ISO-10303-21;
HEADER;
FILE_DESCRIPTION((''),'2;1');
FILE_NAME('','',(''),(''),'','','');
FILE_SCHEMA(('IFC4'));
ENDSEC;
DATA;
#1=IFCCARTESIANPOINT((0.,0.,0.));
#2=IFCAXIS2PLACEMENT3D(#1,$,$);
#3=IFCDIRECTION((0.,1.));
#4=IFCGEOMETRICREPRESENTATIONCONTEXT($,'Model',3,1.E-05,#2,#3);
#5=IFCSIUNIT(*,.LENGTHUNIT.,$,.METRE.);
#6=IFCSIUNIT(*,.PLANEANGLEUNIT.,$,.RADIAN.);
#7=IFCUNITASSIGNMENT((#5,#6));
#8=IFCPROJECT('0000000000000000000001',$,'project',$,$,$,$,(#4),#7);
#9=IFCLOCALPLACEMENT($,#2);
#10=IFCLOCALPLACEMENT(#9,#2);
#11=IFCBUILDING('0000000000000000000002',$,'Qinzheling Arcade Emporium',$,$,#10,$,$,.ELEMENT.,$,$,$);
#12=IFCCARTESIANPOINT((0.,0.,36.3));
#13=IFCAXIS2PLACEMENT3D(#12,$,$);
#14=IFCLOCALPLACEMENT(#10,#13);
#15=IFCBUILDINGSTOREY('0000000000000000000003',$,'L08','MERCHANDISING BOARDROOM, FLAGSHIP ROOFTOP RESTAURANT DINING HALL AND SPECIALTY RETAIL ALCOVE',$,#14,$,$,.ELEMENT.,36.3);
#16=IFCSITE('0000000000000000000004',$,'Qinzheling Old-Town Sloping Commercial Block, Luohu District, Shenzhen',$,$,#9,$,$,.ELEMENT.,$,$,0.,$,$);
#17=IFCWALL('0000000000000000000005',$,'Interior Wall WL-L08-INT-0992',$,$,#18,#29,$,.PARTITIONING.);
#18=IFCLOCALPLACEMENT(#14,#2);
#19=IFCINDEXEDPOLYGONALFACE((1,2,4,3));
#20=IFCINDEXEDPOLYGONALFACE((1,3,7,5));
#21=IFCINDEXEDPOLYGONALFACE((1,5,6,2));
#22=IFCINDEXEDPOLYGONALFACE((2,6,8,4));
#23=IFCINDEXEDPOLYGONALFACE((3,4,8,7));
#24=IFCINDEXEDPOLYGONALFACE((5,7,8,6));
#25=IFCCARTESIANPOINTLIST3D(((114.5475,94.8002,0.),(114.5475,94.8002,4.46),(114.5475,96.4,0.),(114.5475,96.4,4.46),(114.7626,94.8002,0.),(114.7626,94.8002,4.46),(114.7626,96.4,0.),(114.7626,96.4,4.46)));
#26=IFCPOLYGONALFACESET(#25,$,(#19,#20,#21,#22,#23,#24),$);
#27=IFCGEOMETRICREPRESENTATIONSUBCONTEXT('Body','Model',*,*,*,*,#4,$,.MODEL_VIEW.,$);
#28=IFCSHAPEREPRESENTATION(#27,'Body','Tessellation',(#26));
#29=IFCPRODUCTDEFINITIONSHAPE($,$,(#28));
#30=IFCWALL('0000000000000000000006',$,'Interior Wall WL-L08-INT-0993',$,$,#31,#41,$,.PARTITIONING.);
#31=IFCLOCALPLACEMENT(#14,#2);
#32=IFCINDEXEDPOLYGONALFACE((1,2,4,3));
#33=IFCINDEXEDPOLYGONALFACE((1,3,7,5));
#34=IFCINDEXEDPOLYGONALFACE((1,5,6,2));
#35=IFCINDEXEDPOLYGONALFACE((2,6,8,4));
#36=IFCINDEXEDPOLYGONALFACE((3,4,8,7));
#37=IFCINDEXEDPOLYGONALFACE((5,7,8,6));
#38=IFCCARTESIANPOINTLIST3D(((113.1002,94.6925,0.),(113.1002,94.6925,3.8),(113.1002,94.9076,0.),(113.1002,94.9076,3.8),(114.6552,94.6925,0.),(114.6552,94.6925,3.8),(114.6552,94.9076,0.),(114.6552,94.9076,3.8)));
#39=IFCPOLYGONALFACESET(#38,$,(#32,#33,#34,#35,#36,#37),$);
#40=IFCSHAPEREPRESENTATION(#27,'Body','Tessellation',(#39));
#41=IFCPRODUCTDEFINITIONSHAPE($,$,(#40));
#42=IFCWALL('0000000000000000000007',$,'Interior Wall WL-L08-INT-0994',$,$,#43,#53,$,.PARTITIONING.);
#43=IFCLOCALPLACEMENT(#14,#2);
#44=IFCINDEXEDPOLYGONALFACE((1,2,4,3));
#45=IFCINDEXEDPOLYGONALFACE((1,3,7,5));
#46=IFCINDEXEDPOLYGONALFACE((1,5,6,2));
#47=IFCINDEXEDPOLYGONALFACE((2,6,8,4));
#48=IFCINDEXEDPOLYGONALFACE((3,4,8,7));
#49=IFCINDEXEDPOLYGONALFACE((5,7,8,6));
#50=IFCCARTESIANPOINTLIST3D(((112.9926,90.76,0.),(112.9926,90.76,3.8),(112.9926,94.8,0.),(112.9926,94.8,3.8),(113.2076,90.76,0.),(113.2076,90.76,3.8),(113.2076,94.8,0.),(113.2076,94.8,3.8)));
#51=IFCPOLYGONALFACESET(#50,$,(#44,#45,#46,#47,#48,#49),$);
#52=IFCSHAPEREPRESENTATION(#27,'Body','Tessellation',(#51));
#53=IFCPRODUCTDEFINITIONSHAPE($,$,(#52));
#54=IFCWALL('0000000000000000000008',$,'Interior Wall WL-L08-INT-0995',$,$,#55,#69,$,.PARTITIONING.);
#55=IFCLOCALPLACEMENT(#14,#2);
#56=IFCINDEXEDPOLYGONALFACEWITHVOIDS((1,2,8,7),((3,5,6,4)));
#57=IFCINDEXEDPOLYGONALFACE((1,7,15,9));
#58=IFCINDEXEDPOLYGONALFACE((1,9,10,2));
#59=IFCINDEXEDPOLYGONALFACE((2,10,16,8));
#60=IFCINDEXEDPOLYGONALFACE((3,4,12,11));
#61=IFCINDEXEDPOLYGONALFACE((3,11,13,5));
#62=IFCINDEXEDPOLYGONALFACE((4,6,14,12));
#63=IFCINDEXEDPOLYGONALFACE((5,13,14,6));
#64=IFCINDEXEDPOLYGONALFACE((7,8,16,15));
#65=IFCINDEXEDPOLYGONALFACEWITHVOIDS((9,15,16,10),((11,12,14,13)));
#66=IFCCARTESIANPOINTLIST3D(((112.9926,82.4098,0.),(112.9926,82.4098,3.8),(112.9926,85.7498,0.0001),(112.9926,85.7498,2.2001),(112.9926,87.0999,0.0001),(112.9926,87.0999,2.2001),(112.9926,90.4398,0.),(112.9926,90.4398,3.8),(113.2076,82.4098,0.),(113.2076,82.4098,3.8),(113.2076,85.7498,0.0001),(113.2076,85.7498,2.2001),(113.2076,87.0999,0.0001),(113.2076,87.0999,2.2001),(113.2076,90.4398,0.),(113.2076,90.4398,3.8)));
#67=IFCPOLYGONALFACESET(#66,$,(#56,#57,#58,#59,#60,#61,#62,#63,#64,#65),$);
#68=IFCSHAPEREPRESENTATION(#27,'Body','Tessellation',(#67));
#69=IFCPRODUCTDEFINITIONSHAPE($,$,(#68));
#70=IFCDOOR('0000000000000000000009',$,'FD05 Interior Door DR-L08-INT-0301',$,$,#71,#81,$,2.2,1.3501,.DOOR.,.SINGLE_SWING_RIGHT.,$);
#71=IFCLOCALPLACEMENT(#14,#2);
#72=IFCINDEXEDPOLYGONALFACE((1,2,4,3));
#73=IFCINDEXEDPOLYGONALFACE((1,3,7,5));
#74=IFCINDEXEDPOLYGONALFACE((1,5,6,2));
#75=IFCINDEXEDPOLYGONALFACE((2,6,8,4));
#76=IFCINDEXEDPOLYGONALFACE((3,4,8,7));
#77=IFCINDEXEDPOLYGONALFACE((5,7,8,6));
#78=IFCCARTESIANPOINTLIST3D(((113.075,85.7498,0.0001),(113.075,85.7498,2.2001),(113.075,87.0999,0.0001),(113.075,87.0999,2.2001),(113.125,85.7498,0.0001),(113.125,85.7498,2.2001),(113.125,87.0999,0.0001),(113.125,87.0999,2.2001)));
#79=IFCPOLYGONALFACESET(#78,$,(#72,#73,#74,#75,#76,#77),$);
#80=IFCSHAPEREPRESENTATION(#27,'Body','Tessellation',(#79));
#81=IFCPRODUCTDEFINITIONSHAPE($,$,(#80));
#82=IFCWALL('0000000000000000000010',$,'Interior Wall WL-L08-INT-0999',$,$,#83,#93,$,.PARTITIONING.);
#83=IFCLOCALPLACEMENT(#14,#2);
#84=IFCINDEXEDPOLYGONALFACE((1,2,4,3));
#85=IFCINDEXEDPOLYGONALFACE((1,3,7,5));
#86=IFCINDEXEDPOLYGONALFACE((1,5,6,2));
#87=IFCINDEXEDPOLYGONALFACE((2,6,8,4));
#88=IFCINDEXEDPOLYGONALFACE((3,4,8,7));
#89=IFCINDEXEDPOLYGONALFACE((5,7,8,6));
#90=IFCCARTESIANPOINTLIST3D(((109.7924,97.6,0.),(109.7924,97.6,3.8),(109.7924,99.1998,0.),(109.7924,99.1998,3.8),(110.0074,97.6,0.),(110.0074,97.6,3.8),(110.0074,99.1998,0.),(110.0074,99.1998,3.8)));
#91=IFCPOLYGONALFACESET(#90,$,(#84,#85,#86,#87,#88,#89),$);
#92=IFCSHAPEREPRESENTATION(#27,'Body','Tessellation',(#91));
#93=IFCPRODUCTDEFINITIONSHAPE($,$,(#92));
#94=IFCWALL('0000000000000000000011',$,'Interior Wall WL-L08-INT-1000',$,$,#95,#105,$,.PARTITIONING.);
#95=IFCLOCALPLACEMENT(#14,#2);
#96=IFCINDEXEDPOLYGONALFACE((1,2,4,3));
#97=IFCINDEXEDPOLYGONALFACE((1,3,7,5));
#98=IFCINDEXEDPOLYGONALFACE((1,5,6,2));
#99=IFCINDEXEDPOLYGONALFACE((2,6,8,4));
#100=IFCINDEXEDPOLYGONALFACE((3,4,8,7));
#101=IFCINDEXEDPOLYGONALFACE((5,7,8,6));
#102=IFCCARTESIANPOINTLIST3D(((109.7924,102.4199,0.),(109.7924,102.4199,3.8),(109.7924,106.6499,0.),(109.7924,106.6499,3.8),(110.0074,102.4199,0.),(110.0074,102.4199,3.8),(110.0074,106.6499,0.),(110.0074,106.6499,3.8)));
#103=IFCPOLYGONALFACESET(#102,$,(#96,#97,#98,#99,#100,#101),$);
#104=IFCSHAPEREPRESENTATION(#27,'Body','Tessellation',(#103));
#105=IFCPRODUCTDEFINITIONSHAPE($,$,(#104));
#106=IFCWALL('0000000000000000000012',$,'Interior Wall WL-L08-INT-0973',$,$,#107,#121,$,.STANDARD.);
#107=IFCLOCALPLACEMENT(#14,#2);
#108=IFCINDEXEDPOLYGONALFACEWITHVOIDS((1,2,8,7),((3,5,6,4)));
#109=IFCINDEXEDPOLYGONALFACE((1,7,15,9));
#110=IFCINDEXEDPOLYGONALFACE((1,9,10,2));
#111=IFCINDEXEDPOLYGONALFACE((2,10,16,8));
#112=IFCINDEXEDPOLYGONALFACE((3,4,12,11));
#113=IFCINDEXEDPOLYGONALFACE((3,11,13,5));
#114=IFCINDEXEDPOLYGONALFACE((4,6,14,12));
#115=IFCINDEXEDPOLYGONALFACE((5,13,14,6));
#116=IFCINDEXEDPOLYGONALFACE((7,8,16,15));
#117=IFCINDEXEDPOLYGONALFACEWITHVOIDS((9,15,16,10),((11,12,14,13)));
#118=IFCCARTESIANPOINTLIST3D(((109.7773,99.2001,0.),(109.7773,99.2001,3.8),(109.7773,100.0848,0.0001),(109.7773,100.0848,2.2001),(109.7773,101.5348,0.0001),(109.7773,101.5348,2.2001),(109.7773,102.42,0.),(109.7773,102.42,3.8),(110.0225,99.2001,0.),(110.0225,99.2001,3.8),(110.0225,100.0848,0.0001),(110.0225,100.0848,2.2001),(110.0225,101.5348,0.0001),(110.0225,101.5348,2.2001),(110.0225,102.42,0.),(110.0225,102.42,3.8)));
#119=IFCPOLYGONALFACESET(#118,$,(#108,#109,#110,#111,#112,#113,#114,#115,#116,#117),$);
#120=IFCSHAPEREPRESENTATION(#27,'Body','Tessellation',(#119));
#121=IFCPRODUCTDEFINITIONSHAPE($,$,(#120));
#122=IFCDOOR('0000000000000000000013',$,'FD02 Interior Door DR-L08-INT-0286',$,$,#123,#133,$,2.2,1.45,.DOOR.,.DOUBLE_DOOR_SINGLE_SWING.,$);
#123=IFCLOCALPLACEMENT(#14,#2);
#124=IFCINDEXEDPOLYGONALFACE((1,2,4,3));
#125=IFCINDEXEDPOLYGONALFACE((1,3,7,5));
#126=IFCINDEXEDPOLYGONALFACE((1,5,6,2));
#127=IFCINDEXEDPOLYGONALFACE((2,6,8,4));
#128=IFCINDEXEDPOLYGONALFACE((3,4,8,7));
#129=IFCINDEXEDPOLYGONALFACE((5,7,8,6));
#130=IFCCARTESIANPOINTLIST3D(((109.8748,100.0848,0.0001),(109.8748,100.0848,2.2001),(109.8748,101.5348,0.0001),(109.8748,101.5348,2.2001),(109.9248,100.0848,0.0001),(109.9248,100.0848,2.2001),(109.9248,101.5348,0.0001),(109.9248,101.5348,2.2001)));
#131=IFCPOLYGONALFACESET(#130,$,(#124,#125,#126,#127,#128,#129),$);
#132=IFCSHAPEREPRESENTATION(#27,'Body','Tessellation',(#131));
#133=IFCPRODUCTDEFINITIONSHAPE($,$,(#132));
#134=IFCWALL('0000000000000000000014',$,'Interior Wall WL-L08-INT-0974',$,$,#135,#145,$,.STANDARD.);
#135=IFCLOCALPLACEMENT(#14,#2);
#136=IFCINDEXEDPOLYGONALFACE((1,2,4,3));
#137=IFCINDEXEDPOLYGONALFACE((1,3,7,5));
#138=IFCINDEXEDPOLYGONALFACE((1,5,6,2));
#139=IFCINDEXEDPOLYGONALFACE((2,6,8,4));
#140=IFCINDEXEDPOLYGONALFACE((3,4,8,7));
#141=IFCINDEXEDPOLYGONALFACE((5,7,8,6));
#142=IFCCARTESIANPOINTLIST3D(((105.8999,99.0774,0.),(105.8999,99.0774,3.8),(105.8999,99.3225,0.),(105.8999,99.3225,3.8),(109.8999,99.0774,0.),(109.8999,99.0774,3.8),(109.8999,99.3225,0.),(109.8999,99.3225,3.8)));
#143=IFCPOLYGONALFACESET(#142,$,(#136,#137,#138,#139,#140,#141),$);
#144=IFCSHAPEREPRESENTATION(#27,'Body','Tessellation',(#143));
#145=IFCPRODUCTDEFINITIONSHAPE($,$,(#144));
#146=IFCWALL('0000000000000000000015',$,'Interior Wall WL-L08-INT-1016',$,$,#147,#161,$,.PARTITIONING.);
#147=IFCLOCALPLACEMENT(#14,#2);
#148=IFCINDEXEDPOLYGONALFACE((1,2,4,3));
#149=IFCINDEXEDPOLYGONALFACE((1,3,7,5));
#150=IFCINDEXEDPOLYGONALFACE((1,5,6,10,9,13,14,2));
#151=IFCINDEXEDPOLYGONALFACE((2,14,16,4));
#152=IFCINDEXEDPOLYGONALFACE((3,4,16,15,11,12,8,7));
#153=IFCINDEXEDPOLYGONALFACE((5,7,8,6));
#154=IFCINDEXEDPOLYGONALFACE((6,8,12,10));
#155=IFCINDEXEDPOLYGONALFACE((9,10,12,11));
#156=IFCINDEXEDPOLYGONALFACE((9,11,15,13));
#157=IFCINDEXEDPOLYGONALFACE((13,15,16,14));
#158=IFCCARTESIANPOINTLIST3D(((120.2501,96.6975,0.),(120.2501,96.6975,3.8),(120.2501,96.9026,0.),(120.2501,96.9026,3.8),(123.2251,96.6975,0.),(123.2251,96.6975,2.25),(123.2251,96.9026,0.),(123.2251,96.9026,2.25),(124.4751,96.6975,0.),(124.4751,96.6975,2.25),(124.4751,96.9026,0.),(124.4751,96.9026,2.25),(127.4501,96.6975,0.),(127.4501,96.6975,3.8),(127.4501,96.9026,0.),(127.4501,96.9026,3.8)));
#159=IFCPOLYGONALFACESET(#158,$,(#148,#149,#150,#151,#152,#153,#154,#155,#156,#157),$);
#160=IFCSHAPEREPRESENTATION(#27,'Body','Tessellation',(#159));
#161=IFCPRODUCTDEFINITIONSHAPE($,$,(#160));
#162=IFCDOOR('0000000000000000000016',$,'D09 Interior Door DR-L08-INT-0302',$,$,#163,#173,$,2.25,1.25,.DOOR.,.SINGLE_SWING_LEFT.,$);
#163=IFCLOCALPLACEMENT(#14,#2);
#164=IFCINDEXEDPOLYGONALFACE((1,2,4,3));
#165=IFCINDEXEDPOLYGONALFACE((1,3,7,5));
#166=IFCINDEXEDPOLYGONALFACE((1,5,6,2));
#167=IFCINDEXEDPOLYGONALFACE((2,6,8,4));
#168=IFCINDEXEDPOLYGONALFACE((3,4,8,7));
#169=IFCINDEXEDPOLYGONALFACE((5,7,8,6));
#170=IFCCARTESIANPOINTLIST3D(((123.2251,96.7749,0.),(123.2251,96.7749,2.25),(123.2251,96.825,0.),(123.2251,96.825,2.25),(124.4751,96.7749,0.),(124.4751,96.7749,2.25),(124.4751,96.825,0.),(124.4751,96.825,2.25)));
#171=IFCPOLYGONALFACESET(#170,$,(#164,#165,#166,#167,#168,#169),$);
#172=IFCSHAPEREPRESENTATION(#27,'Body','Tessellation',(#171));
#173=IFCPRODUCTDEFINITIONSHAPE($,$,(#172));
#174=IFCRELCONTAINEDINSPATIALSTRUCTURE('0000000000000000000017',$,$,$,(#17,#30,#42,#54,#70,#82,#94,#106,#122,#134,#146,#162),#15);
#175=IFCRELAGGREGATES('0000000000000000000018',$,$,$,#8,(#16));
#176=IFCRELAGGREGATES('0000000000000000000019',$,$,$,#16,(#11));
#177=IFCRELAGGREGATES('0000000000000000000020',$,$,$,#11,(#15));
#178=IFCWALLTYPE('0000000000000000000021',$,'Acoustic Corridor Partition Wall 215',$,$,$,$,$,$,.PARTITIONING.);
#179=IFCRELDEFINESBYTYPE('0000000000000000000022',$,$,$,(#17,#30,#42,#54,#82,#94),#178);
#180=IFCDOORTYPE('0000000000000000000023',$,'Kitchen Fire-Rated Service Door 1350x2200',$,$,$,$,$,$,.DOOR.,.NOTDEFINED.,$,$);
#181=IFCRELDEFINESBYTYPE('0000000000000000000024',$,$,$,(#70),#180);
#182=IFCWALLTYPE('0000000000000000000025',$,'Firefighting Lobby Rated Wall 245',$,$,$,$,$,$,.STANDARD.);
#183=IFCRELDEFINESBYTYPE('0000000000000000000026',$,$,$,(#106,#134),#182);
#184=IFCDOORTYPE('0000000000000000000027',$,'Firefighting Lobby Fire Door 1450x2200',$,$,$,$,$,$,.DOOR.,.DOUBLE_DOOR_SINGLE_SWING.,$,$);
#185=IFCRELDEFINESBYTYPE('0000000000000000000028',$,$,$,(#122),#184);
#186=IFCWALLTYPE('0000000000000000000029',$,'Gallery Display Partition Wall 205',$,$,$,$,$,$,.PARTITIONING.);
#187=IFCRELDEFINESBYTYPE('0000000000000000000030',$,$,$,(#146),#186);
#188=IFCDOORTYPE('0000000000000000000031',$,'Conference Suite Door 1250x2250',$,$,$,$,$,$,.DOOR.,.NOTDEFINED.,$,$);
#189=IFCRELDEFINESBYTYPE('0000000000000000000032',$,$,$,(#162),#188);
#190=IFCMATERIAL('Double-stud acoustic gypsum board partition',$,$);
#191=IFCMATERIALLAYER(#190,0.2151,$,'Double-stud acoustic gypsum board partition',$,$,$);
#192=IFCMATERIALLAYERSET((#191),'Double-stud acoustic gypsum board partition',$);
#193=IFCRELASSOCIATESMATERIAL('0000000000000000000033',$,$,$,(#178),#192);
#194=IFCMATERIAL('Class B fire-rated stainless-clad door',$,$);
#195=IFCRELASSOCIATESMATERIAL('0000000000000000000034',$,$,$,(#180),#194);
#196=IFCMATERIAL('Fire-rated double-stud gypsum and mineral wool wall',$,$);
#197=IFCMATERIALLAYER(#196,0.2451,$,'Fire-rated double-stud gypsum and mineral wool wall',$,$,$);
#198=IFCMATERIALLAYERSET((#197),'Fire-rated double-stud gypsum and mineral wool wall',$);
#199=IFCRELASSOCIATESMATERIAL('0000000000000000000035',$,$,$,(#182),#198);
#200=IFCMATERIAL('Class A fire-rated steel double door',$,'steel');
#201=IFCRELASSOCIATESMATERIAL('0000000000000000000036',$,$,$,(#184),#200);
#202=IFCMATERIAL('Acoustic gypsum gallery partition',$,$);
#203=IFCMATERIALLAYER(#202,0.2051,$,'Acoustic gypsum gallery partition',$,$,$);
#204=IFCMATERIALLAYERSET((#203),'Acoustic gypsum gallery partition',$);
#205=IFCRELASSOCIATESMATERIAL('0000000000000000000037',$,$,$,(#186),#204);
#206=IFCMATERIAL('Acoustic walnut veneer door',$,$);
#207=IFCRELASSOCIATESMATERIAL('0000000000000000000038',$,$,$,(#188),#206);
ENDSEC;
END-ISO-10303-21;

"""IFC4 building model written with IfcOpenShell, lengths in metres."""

from ifc_helpers import new_model, si_unit, direction, frame, frame_2d, origin, place, context, subcontext, project, spatial, rectangle, extrude, material, layer, layer_set, type_object, element, fill, save


model = new_model("IFC4")

# Units and contexts
model_context = context("Model", 3, precision=1e-05, world=origin(), true_north=direction((0.0, 1.0)))
body_context = subcontext(model_context, "Body", "Model", "MODEL_VIEW")
ifc_project = project(units=[si_unit("LENGTHUNIT", "METRE"), si_unit("PLANEANGLEUNIT", "RADIAN")], contexts=[model_context])

# Site, building, storey
site_placement = place(None, origin())
site = spatial("IfcSite", under=ifc_project, at=site_placement, Name="Qinzheling Old-Town Sloping Commercial Block, Luohu District, Shenzhen", CompositionType="ELEMENT", RefElevation=0.0)
building_placement = place(site_placement, origin())
building = spatial("IfcBuilding", under=site, at=building_placement, Name="Qinzheling Arcade Emporium", CompositionType="ELEMENT")
storey_placement = place(building_placement, frame((0.0, 0.0, 36.3)))
storey = spatial("IfcBuildingStorey", under=building, at=storey_placement, Name="L08", Description="MERCHANDISING BOARDROOM, FLAGSHIP ROOFTOP RESTAURANT DINING HALL AND SPECIALTY RETAIL ALCOVE", CompositionType="ELEMENT", Elevation=36.3)

# Walls
ifc_material_1 = material(Name="Double-stud acoustic gypsum board partition")
ifc_layer_1 = layer(ifc_material_1, 0.2151, Name="Double-stud acoustic gypsum board partition")
ifc_layer_set_1 = layer_set([ifc_layer_1], Name="Double-stud acoustic gypsum board partition")
wall_type_1 = type_object("IfcWallType", Name="Acoustic Corridor Partition Wall 215", PredefinedType="PARTITIONING", material=ifc_layer_set_1)
wall_1_placement = place(storey_placement, frame((114.655, 96.3999, 0.0), z_axis=(0.0, 0.0, 1.0), x_axis=(0.0, -1.0, 0.0)))
element("IfcWall", 1, at=wall_1_placement, inside=storey, type_object=wall_type_1, Name="Interior Wall WL-L08-INT-0992", PredefinedType="PARTITIONING", context=body_context, shape_type="SweptSolid", body=[
    extrude(rectangle(XDim=1.5999, YDim=0.2151, at=frame_2d((0.7998, 0.0))), origin(), (0.0, 0.0, 1.0), 4.46),
])
wall_2_placement = place(storey_placement, frame((114.655, 94.8, 0.0), z_axis=(0.0, 0.0, 1.0), x_axis=(-1.0, 0.0, 0.0)))
element("IfcWall", 2, at=wall_2_placement, inside=storey, type_object=wall_type_1, Name="Interior Wall WL-L08-INT-0993", PredefinedType="PARTITIONING", context=body_context, shape_type="SweptSolid", body=[
    extrude(rectangle(XDim=1.5549, YDim=0.2151, at=frame_2d((0.7773, 0.0))), origin(), (0.0, 0.0, 1.0), 3.8),
])
wall_3_placement = place(storey_placement, frame((113.1001, 94.8, 0.0), z_axis=(0.0, 0.0, 1.0), x_axis=(0.0, -1.0, 0.0)))
element("IfcWall", 3, at=wall_3_placement, inside=storey, type_object=wall_type_1, Name="Interior Wall WL-L08-INT-0994", PredefinedType="PARTITIONING", context=body_context, shape_type="SweptSolid", body=[
    extrude(rectangle(XDim=4.04, YDim=0.2151, at=frame_2d((2.02, 0.0))), origin(), (0.0, 0.0, 1.0), 3.8),
])

# Wall, opening, door
wall_4_placement = place(storey_placement, frame((113.1001, 90.4399, 0.0), z_axis=(0.0, 0.0, 1.0), x_axis=(0.0, -1.0, 0.0)))
wall_4 = element("IfcWall", 4, at=wall_4_placement, inside=storey, type_object=wall_type_1, Name="Interior Wall WL-L08-INT-0995", PredefinedType="PARTITIONING", context=body_context, shape_type="SweptSolid", body=[
    extrude(rectangle(XDim=8.03, YDim=0.2151, at=frame_2d((4.0151, 0.0))), origin(), (0.0, 0.0, 1.0), 3.8),
])
opening_1_placement = place(wall_4_placement, frame((3.3401, 0.0, 0.0)))
opening_1 = element("IfcOpeningElement", 5, at=opening_1_placement, cuts=wall_4, PredefinedType="OPENING", context=body_context, shape_type="SweptSolid", body=[
    extrude(rectangle(XDim=1.3501, YDim=2.2, at=frame_2d((0.675, 1.1001))), frame((0.0, 0.1177, 0.0), z_axis=(0.0, -1.0, 0.0), x_axis=(1.0, 0.0, 0.0)), (0.0, 0.0, 1.0), 0.2351),
])
ifc_material_2 = material(Name="Class B fire-rated stainless-clad door")
door_type_1 = type_object("IfcDoorType", Name="Kitchen Fire-Rated Service Door 1350x2200", OperationType="NOTDEFINED", PredefinedType="DOOR", material=ifc_material_2)
door_1_placement = place(opening_1_placement, origin())
door_1 = element("IfcDoor", 6, at=door_1_placement, inside=storey, type_object=door_type_1, Name="FD05 Interior Door DR-L08-INT-0301", OperationType="SINGLE_SWING_RIGHT", OverallHeight=2.2, OverallWidth=1.3501, PredefinedType="DOOR", context=body_context, shape_type="SweptSolid", body=[
    extrude(rectangle(XDim=1.3501, YDim=2.2, at=frame_2d((0.675, 1.1001))), frame((0.0, 0.0249, 0.0), z_axis=(0.0, -1.0, 0.0), x_axis=(1.0, 0.0, 0.0)), (0.0, 0.0, 1.0), 0.05),
])
fill(opening_1, door_1)

# Walls
wall_5_placement = place(storey_placement, frame((109.8999, 97.6001, 0.0), z_axis=(0.0, 0.0, 1.0), x_axis=(0.0, 1.0, 0.0)))
element("IfcWall", 7, at=wall_5_placement, inside=storey, type_object=wall_type_1, Name="Interior Wall WL-L08-INT-0999", PredefinedType="PARTITIONING", context=body_context, shape_type="SweptSolid", body=[
    extrude(rectangle(XDim=1.5999, YDim=0.2151, at=frame_2d((0.7998, 0.0))), origin(), (0.0, 0.0, 1.0), 3.8),
])
wall_6_placement = place(storey_placement, frame((109.8999, 102.4199, 0.0), z_axis=(0.0, 0.0, 1.0), x_axis=(0.0, 1.0, 0.0)))
element("IfcWall", 8, at=wall_6_placement, inside=storey, type_object=wall_type_1, Name="Interior Wall WL-L08-INT-1000", PredefinedType="PARTITIONING", context=body_context, shape_type="SweptSolid", body=[
    extrude(rectangle(XDim=4.23, YDim=0.2151, at=frame_2d((2.115, 0.0))), origin(), (0.0, 0.0, 1.0), 3.8),
])

# Wall, opening, door
ifc_material_3 = material(Name="Fire-rated double-stud gypsum and mineral wool wall")
ifc_layer_2 = layer(ifc_material_3, 0.2451, Name="Fire-rated double-stud gypsum and mineral wool wall")
ifc_layer_set_2 = layer_set([ifc_layer_2], Name="Fire-rated double-stud gypsum and mineral wool wall")
wall_type_2 = type_object("IfcWallType", Name="Firefighting Lobby Rated Wall 245", PredefinedType="STANDARD", material=ifc_layer_set_2)
wall_7_placement = place(storey_placement, frame((109.8999, 102.4199, 0.0), z_axis=(0.0, 0.0, 1.0), x_axis=(0.0, -1.0, 0.0)))
wall_7 = element("IfcWall", 9, at=wall_7_placement, inside=storey, type_object=wall_type_2, Name="Interior Wall WL-L08-INT-0973", PredefinedType="STANDARD", context=body_context, shape_type="SweptSolid", body=[
    extrude(rectangle(XDim=3.22, YDim=0.2451, at=frame_2d((1.6099, 0.0))), origin(), (0.0, 0.0, 1.0), 3.8),
])
opening_2_placement = place(wall_7_placement, frame((0.885, 0.0, 0.0)))
opening_2 = element("IfcOpeningElement", 10, at=opening_2_placement, cuts=wall_7, PredefinedType="OPENING", context=body_context, shape_type="SweptSolid", body=[
    extrude(rectangle(XDim=1.45, YDim=2.2, at=frame_2d((0.7251, 1.1001))), frame((0.0, 0.1326, 0.0), z_axis=(0.0, -1.0, 0.0), x_axis=(1.0, 0.0, 0.0)), (0.0, 0.0, 1.0), 0.2651),
])
ifc_material_4 = material(Name="Class A fire-rated steel double door", Category="steel")
door_type_2 = type_object("IfcDoorType", Name="Firefighting Lobby Fire Door 1450x2200", OperationType="DOUBLE_DOOR_SINGLE_SWING", PredefinedType="DOOR", material=ifc_material_4)
door_2_placement = place(opening_2_placement, origin())
door_2 = element("IfcDoor", 11, at=door_2_placement, inside=storey, type_object=door_type_2, Name="FD02 Interior Door DR-L08-INT-0286", OperationType="DOUBLE_DOOR_SINGLE_SWING", OverallHeight=2.2, OverallWidth=1.45, PredefinedType="DOOR", context=body_context, shape_type="SweptSolid", body=[
    extrude(rectangle(XDim=1.45, YDim=2.2, at=frame_2d((0.7251, 1.1001))), frame((0.0, 0.0249, 0.0), z_axis=(0.0, -1.0, 0.0), x_axis=(1.0, 0.0, 0.0)), (0.0, 0.0, 1.0), 0.05),
])
fill(opening_2, door_2)

# Wall
wall_8_placement = place(storey_placement, frame((109.8999, 99.2, 0.0), z_axis=(0.0, 0.0, 1.0), x_axis=(-1.0, 0.0, 0.0)))
element("IfcWall", 12, at=wall_8_placement, inside=storey, type_object=wall_type_2, Name="Interior Wall WL-L08-INT-0974", PredefinedType="STANDARD", context=body_context, shape_type="SweptSolid", body=[
    extrude(rectangle(XDim=4.0, YDim=0.2451, at=frame_2d((2.0, 0.0))), origin(), (0.0, 0.0, 1.0), 3.8),
])

# Wall, opening, door
ifc_material_5 = material(Name="Acoustic gypsum gallery partition")
ifc_layer_3 = layer(ifc_material_5, 0.2051, Name="Acoustic gypsum gallery partition")
ifc_layer_set_3 = layer_set([ifc_layer_3], Name="Acoustic gypsum gallery partition")
wall_type_3 = type_object("IfcWallType", Name="Gallery Display Partition Wall 205", PredefinedType="PARTITIONING", material=ifc_layer_set_3)
wall_9_placement = place(storey_placement, frame((120.25, 96.8, 0.0), z_axis=(0.0, 0.0, 1.0), x_axis=(1.0, 0.0, 0.0)))
wall_9 = element("IfcWall", 13, at=wall_9_placement, inside=storey, type_object=wall_type_3, Name="Interior Wall WL-L08-INT-1016", PredefinedType="PARTITIONING", context=body_context, shape_type="SweptSolid", body=[
    extrude(rectangle(XDim=7.2, YDim=0.2051, at=frame_2d((3.6001, 0.0))), origin(), (0.0, 0.0, 1.0), 3.8),
])
opening_3_placement = place(wall_9_placement, frame((2.9751, 0.0, 0.0)))
opening_3 = element("IfcOpeningElement", 14, at=opening_3_placement, cuts=wall_9, PredefinedType="OPENING", context=body_context, shape_type="SweptSolid", body=[
    extrude(rectangle(XDim=1.25, YDim=2.25, at=frame_2d((0.625, 1.125))), frame((0.0, 0.1125, 0.0), z_axis=(0.0, -1.0, 0.0), x_axis=(1.0, 0.0, 0.0)), (0.0, 0.0, 1.0), 0.2251),
])
ifc_material_6 = material(Name="Acoustic walnut veneer door")
door_type_3 = type_object("IfcDoorType", Name="Conference Suite Door 1250x2250", OperationType="NOTDEFINED", PredefinedType="DOOR", material=ifc_material_6)
door_3_placement = place(opening_3_placement, origin())
door_3 = element("IfcDoor", 15, at=door_3_placement, inside=storey, type_object=door_type_3, Name="D09 Interior Door DR-L08-INT-0302", OperationType="SINGLE_SWING_LEFT", OverallHeight=2.25, OverallWidth=1.25, PredefinedType="DOOR", context=body_context, shape_type="SweptSolid", body=[
    extrude(rectangle(XDim=1.25, YDim=2.25, at=frame_2d((0.625, 1.125))), frame((0.0, 0.0249, 0.0), z_axis=(0.0, -1.0, 0.0), x_axis=(1.0, 0.0, 0.0)), (0.0, 0.0, 1.0), 0.05),
])
fill(opening_3, door_3)

save(model, "model.ifc")
